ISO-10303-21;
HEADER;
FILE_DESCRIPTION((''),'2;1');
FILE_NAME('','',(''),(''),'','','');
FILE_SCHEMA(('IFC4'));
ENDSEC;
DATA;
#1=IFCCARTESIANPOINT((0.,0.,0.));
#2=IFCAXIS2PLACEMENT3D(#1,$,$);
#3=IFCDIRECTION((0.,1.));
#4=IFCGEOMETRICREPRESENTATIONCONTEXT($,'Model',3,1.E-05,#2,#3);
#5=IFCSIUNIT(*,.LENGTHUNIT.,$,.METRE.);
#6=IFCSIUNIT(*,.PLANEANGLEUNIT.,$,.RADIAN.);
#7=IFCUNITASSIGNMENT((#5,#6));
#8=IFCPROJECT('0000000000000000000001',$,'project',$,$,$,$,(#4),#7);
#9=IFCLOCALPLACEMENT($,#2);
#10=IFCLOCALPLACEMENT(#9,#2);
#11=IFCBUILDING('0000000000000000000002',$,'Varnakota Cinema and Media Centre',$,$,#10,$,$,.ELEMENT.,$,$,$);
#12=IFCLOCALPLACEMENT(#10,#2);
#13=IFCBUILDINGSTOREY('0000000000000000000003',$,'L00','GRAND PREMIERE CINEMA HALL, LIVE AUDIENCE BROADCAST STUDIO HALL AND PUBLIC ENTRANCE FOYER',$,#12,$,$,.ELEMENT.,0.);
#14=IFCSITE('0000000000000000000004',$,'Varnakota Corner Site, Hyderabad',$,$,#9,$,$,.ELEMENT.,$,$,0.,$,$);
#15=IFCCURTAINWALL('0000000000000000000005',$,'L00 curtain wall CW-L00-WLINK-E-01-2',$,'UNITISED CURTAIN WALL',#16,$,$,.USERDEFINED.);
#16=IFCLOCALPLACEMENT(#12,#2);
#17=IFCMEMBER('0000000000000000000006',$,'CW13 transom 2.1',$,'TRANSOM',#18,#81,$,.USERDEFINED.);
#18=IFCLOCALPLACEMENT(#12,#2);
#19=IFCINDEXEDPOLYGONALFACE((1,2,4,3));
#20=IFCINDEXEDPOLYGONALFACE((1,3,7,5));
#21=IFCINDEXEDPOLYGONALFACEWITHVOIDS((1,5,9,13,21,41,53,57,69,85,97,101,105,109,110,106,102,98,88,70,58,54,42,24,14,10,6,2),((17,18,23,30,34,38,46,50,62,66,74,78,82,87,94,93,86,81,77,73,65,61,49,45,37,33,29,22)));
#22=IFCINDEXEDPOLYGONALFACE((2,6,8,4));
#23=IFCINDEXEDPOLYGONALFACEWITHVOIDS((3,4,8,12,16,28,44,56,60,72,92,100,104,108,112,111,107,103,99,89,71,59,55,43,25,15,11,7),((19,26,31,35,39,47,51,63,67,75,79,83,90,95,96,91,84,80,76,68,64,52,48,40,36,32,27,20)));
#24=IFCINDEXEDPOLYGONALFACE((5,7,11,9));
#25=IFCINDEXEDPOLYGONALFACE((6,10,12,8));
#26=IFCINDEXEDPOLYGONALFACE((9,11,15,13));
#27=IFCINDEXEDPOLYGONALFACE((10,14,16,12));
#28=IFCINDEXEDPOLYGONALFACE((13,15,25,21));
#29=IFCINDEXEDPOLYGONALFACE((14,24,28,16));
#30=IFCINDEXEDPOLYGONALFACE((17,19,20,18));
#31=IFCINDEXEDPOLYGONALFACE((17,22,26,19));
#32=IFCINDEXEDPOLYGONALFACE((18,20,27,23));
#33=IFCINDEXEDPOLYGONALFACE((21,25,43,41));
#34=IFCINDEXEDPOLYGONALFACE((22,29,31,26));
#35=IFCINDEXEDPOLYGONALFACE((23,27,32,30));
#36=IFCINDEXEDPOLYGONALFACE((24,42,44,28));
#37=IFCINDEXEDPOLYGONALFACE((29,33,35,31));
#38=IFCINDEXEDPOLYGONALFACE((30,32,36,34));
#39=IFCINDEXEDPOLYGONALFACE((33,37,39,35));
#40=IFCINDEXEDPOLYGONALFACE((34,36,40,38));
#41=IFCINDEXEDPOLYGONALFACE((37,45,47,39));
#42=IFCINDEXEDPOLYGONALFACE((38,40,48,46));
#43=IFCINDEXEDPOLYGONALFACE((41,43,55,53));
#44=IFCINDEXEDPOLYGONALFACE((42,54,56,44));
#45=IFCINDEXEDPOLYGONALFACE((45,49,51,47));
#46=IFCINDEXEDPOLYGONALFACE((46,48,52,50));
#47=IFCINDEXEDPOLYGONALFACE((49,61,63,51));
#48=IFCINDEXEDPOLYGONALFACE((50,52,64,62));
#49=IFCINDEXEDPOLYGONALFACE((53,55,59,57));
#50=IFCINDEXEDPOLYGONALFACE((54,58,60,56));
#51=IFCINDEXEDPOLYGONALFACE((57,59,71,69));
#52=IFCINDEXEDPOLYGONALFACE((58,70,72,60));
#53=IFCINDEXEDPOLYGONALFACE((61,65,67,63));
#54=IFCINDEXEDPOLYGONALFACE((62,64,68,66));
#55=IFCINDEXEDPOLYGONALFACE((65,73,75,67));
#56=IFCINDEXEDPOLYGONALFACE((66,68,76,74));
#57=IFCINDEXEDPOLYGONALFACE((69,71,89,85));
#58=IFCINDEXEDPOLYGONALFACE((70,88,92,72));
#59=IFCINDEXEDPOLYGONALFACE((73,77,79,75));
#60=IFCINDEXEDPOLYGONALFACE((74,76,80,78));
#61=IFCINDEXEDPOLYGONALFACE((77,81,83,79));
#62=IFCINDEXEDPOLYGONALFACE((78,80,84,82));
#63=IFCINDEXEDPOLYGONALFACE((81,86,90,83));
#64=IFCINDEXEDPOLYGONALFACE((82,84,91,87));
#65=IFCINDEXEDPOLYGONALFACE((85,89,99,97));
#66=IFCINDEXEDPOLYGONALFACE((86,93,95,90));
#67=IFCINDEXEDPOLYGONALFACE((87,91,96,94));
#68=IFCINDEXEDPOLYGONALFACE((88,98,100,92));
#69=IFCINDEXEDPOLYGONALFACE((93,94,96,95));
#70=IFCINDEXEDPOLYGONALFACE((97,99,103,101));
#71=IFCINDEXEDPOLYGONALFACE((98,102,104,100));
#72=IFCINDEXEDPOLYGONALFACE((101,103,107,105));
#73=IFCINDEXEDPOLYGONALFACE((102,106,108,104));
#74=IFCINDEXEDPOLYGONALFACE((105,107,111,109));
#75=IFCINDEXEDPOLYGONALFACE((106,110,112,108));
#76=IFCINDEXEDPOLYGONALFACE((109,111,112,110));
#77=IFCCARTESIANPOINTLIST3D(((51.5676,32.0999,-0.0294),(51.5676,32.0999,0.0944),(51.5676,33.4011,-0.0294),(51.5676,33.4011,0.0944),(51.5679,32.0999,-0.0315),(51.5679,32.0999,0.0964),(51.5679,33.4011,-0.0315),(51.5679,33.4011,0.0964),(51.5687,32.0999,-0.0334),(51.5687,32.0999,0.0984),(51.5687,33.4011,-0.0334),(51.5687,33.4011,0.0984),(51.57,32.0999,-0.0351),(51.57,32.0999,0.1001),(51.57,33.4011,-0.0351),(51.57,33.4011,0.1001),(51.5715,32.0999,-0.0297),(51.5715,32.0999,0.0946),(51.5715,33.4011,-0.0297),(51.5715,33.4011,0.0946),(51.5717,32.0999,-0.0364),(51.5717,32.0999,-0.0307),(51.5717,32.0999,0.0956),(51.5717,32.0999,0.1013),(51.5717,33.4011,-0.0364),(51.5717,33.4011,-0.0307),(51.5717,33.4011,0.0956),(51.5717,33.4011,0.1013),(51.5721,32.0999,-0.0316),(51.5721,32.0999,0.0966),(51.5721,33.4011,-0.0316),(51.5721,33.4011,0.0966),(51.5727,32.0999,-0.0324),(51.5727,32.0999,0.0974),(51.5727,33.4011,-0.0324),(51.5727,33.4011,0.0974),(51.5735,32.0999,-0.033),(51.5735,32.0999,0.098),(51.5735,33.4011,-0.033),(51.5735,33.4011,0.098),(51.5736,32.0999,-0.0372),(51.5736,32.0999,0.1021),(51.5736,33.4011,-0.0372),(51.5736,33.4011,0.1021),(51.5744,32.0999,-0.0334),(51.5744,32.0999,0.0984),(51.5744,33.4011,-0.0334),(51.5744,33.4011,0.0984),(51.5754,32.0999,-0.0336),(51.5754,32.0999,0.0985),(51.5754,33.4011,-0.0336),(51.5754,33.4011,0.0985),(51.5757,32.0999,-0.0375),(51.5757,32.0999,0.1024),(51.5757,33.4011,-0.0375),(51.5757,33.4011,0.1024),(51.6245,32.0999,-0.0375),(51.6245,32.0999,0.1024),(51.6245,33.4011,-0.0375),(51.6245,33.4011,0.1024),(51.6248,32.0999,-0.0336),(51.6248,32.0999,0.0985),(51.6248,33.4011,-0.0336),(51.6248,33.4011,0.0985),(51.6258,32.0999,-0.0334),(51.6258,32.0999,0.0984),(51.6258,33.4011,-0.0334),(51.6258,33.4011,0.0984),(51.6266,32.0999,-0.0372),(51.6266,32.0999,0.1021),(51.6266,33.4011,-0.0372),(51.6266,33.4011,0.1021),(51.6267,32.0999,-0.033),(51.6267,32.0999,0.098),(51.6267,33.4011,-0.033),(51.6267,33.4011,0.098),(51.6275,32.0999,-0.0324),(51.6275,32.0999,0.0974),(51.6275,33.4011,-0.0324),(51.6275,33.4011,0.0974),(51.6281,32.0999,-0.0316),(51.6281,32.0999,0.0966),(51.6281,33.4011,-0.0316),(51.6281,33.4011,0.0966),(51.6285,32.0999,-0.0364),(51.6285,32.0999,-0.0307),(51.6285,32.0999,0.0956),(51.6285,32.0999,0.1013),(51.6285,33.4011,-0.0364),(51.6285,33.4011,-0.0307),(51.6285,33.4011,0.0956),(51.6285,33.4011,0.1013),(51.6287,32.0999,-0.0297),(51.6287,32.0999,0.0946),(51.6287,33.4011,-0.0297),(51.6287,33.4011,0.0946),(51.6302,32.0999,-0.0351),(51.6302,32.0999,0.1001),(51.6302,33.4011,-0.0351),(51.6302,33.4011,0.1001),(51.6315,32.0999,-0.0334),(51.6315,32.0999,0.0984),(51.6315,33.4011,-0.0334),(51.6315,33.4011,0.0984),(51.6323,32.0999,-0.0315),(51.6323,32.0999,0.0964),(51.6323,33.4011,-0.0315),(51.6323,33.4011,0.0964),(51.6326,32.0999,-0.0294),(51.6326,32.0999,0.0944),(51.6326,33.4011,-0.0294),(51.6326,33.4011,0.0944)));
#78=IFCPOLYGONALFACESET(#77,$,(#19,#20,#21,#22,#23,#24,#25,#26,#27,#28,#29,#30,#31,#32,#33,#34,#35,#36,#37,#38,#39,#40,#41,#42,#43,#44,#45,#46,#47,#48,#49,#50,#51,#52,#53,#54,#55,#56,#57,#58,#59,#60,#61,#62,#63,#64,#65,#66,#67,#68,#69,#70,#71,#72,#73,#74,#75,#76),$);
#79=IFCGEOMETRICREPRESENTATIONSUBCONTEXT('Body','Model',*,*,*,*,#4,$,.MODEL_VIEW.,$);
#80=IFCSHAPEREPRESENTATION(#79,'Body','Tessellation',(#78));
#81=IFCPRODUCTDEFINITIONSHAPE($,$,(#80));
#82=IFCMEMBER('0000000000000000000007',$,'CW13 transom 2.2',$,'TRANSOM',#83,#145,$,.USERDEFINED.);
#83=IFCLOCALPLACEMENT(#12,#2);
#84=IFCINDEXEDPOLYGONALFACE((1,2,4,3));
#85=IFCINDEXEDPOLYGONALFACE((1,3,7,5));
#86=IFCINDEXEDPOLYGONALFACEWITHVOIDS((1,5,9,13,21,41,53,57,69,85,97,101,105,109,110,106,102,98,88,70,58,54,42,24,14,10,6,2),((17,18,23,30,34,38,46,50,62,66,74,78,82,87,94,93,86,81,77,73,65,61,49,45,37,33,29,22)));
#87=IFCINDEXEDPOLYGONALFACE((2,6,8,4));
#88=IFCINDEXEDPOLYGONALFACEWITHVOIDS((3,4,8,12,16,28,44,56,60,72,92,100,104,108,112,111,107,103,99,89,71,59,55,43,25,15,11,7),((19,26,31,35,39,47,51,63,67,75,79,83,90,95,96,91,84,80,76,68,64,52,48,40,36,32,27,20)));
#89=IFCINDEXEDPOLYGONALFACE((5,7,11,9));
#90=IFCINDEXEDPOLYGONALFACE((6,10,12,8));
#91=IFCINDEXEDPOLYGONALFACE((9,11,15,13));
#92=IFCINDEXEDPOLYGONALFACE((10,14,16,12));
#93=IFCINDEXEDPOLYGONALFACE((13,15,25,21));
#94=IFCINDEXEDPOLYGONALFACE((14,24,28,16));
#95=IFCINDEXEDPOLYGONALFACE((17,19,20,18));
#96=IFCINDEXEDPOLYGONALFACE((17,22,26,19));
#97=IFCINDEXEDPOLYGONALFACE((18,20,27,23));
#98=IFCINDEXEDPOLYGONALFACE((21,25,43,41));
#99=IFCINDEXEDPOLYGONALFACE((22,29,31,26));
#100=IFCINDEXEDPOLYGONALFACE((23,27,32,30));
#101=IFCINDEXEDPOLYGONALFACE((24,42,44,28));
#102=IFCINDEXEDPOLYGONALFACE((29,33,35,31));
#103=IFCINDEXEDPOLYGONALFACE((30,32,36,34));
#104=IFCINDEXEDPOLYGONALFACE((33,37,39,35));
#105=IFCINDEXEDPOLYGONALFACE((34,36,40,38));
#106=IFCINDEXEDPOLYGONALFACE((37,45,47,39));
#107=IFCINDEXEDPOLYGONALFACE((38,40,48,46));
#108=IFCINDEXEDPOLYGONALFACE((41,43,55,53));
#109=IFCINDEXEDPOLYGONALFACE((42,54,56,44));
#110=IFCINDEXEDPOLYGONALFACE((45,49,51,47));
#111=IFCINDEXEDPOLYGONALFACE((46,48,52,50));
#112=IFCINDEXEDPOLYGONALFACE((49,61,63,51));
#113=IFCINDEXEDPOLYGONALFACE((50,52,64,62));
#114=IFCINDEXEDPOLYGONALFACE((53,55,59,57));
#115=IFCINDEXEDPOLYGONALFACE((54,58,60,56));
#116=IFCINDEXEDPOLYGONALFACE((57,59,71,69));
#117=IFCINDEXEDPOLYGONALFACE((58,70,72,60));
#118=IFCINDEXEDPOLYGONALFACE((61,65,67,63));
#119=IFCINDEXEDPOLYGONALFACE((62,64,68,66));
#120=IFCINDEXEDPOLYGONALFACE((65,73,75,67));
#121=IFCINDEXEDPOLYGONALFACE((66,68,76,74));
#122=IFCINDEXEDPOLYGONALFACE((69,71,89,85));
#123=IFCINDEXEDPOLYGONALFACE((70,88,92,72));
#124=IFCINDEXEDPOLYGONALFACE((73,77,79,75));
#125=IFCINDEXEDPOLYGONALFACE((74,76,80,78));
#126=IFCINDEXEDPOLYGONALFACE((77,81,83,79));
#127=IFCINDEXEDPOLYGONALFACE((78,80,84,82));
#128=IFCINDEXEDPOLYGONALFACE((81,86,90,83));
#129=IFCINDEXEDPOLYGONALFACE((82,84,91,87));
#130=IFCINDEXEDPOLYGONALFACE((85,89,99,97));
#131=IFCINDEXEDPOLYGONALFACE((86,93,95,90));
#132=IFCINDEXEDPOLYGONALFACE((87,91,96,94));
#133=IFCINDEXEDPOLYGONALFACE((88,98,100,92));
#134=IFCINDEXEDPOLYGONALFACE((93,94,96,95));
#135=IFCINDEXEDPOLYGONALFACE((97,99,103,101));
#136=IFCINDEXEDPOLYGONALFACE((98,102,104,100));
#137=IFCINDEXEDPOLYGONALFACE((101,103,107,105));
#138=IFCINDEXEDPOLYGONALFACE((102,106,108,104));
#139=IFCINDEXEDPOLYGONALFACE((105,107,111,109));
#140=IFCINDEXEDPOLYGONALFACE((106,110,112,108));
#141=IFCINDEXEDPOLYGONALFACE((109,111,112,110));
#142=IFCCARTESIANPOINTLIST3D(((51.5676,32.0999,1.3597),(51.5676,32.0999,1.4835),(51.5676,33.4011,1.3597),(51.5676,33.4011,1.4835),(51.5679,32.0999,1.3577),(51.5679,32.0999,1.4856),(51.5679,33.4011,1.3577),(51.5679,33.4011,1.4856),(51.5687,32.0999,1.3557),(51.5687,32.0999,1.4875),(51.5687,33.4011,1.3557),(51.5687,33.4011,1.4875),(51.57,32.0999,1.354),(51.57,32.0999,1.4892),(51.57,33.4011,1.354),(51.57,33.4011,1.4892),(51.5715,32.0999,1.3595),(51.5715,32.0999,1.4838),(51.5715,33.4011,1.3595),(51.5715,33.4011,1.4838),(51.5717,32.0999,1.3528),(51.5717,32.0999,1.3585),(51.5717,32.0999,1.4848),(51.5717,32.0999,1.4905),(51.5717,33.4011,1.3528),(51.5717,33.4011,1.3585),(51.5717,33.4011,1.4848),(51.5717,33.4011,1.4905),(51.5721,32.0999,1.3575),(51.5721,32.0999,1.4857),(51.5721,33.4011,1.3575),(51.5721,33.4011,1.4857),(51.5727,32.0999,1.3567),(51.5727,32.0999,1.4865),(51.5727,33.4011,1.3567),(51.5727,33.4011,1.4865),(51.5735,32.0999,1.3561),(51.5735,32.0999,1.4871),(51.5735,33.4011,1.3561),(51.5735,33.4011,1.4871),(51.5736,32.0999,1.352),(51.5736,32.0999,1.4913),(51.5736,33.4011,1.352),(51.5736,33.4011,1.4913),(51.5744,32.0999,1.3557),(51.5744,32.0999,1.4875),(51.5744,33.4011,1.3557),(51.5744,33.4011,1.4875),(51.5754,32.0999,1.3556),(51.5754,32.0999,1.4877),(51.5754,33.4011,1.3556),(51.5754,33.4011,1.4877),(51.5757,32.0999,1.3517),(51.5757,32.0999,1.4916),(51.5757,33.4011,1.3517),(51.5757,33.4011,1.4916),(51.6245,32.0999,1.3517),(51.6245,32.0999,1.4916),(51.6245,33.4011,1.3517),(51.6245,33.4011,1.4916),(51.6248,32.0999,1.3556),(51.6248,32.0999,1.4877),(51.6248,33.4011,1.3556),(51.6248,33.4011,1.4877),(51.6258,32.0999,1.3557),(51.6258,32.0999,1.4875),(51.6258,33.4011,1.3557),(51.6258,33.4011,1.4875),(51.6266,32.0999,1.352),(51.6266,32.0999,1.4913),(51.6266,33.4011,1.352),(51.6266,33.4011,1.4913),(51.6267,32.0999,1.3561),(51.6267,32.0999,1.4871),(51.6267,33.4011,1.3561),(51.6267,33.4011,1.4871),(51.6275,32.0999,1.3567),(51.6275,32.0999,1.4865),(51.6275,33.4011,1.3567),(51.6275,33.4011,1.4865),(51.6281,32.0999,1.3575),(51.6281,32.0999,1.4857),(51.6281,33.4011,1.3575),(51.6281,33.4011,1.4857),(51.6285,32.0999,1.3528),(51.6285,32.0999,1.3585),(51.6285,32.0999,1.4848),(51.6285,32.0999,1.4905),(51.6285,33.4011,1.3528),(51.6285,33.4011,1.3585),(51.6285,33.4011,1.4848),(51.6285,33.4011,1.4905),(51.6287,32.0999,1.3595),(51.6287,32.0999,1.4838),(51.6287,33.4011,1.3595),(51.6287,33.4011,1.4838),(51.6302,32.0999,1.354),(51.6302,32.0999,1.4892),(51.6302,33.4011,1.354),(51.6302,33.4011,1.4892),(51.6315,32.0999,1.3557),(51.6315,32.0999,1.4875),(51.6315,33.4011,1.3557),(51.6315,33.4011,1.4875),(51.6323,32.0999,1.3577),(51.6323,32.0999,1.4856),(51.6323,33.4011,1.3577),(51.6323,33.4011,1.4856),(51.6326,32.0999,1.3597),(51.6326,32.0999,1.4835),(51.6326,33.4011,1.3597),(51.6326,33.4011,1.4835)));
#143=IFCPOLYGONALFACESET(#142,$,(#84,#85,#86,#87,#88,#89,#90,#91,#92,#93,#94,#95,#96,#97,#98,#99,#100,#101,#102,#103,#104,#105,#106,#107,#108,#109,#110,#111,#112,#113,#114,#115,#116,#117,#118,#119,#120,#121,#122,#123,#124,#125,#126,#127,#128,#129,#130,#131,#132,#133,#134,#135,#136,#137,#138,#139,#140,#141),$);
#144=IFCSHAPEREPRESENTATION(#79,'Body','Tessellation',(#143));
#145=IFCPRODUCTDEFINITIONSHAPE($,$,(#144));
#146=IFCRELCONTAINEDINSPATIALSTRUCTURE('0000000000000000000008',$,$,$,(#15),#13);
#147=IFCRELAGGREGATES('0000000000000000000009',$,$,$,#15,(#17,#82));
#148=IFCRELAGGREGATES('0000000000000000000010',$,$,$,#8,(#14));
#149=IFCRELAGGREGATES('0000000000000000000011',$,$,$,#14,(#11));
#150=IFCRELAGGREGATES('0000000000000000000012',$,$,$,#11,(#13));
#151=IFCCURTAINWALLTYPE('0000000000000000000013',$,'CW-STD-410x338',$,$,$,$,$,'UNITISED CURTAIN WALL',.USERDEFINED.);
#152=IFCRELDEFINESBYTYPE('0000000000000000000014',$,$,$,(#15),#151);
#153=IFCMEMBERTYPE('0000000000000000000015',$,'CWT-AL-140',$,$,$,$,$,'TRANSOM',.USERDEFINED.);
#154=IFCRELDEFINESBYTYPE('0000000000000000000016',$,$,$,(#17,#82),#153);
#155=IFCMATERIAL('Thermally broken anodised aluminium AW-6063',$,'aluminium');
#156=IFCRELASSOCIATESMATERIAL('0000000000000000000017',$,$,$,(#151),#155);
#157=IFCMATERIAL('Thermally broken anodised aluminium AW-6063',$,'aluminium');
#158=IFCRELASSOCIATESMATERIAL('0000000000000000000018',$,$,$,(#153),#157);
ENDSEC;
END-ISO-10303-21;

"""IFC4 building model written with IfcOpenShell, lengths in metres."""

from ifc_helpers import new_model, si_unit, direction, frame, origin, origin_2d, place, context, subcontext, project, spatial, hollow_rectangle, extrude, material, material_profile, profile_set, type_object, element, aggregate, save


model = new_model("IFC4")

# Units and contexts
model_context = context("Model", 3, precision=1e-05, world=origin(), true_north=direction((0.0, 1.0)))
body_context = subcontext(model_context, "Body", "Model", "MODEL_VIEW")
ifc_project = project(units=[si_unit("LENGTHUNIT", "METRE"), si_unit("PLANEANGLEUNIT", "RADIAN")], contexts=[model_context])

# Site, building, storey
site_placement = place(None, origin())
site = spatial("IfcSite", under=ifc_project, at=site_placement, Name="Varnakota Corner Site, Hyderabad", CompositionType="ELEMENT", RefElevation=0.0)
building_placement = place(site_placement, origin())
building = spatial("IfcBuilding", under=site, at=building_placement, Name="Varnakota Cinema and Media Centre", CompositionType="ELEMENT")
storey_placement = place(building_placement, origin())
storey = spatial("IfcBuildingStorey", under=building, at=storey_placement, Name="L00", Description="GRAND PREMIERE CINEMA HALL, LIVE AUDIENCE BROADCAST STUDIO HALL AND PUBLIC ENTRANCE FOYER", CompositionType="ELEMENT", Elevation=0.0)

# Shared definitions
ifc_material_1 = material(Name="Thermally broken anodised aluminium AW-6063", Category="aluminium")
curtain_wall_type = type_object("IfcCurtainWallType", Name="CW-STD-410x338", ElementType="UNITISED CURTAIN WALL", PredefinedType="USERDEFINED", material=ifc_material_1)

# Curtain wall, members
curtain_wall_1_placement = place(storey_placement, origin())
curtain_wall_1 = element("IfcCurtainWall", 1, at=curtain_wall_1_placement, inside=storey, type_object=curtain_wall_type, Name="L00 curtain wall CW-L00-WLINK-E-01-2", ObjectType="UNITISED CURTAIN WALL", PredefinedType="USERDEFINED")
ifc_material_2 = material(Name="Thermally broken anodised aluminium AW-6063", Category="aluminium")
ifc_material_profile_1 = material_profile(ifc_material_2, hollow_rectangle(XDim=0.0649, YDim=0.1399, WallThickness=0.0039, InnerFilletRadius=0.0039, OuterFilletRadius=0.0081, at=origin_2d()), Name="AL-TRANSOM 140x65x4")
ifc_profile_set_1 = profile_set([ifc_material_profile_1], Name="Thermally broken anodised aluminium AW-6063")
member_type_1 = type_object("IfcMemberType", Name="CWT-AL-140", ElementType="TRANSOM", PredefinedType="USERDEFINED", material=ifc_profile_set_1)
member_1_placement = place(storey_placement, frame((51.6001, 32.0999, 0.0325), z_axis=(0.0, 1.0, 0.0), x_axis=(-1.0, 0.0, 0.0)))
member_1 = element("IfcMember", 2, at=member_1_placement, type_object=member_type_1, Name="CW13 transom 2.1", ObjectType="TRANSOM", PredefinedType="USERDEFINED", context=body_context, shape_type="SweptSolid", body=[
    extrude(hollow_rectangle(XDim=0.0649, YDim=0.1399, WallThickness=0.0039, InnerFilletRadius=0.0039, OuterFilletRadius=0.0081, at=origin_2d()), origin(), (0.0, 0.0, 1.0), 1.3013),
])
member_2_placement = place(storey_placement, frame((51.6001, 32.0999, 1.4216), z_axis=(0.0, 1.0, 0.0), x_axis=(-1.0, 0.0, 0.0)))
member_2 = element("IfcMember", 3, at=member_2_placement, type_object=member_type_1, Name="CW13 transom 2.2", ObjectType="TRANSOM", PredefinedType="USERDEFINED", context=body_context, shape_type="SweptSolid", body=[
    extrude(hollow_rectangle(XDim=0.0649, YDim=0.1399, WallThickness=0.0039, InnerFilletRadius=0.0039, OuterFilletRadius=0.0081, at=origin_2d()), origin(), (0.0, 0.0, 1.0), 1.3013),
])
aggregate(curtain_wall_1, [member_1, member_2])

save(model, "model.ifc")
